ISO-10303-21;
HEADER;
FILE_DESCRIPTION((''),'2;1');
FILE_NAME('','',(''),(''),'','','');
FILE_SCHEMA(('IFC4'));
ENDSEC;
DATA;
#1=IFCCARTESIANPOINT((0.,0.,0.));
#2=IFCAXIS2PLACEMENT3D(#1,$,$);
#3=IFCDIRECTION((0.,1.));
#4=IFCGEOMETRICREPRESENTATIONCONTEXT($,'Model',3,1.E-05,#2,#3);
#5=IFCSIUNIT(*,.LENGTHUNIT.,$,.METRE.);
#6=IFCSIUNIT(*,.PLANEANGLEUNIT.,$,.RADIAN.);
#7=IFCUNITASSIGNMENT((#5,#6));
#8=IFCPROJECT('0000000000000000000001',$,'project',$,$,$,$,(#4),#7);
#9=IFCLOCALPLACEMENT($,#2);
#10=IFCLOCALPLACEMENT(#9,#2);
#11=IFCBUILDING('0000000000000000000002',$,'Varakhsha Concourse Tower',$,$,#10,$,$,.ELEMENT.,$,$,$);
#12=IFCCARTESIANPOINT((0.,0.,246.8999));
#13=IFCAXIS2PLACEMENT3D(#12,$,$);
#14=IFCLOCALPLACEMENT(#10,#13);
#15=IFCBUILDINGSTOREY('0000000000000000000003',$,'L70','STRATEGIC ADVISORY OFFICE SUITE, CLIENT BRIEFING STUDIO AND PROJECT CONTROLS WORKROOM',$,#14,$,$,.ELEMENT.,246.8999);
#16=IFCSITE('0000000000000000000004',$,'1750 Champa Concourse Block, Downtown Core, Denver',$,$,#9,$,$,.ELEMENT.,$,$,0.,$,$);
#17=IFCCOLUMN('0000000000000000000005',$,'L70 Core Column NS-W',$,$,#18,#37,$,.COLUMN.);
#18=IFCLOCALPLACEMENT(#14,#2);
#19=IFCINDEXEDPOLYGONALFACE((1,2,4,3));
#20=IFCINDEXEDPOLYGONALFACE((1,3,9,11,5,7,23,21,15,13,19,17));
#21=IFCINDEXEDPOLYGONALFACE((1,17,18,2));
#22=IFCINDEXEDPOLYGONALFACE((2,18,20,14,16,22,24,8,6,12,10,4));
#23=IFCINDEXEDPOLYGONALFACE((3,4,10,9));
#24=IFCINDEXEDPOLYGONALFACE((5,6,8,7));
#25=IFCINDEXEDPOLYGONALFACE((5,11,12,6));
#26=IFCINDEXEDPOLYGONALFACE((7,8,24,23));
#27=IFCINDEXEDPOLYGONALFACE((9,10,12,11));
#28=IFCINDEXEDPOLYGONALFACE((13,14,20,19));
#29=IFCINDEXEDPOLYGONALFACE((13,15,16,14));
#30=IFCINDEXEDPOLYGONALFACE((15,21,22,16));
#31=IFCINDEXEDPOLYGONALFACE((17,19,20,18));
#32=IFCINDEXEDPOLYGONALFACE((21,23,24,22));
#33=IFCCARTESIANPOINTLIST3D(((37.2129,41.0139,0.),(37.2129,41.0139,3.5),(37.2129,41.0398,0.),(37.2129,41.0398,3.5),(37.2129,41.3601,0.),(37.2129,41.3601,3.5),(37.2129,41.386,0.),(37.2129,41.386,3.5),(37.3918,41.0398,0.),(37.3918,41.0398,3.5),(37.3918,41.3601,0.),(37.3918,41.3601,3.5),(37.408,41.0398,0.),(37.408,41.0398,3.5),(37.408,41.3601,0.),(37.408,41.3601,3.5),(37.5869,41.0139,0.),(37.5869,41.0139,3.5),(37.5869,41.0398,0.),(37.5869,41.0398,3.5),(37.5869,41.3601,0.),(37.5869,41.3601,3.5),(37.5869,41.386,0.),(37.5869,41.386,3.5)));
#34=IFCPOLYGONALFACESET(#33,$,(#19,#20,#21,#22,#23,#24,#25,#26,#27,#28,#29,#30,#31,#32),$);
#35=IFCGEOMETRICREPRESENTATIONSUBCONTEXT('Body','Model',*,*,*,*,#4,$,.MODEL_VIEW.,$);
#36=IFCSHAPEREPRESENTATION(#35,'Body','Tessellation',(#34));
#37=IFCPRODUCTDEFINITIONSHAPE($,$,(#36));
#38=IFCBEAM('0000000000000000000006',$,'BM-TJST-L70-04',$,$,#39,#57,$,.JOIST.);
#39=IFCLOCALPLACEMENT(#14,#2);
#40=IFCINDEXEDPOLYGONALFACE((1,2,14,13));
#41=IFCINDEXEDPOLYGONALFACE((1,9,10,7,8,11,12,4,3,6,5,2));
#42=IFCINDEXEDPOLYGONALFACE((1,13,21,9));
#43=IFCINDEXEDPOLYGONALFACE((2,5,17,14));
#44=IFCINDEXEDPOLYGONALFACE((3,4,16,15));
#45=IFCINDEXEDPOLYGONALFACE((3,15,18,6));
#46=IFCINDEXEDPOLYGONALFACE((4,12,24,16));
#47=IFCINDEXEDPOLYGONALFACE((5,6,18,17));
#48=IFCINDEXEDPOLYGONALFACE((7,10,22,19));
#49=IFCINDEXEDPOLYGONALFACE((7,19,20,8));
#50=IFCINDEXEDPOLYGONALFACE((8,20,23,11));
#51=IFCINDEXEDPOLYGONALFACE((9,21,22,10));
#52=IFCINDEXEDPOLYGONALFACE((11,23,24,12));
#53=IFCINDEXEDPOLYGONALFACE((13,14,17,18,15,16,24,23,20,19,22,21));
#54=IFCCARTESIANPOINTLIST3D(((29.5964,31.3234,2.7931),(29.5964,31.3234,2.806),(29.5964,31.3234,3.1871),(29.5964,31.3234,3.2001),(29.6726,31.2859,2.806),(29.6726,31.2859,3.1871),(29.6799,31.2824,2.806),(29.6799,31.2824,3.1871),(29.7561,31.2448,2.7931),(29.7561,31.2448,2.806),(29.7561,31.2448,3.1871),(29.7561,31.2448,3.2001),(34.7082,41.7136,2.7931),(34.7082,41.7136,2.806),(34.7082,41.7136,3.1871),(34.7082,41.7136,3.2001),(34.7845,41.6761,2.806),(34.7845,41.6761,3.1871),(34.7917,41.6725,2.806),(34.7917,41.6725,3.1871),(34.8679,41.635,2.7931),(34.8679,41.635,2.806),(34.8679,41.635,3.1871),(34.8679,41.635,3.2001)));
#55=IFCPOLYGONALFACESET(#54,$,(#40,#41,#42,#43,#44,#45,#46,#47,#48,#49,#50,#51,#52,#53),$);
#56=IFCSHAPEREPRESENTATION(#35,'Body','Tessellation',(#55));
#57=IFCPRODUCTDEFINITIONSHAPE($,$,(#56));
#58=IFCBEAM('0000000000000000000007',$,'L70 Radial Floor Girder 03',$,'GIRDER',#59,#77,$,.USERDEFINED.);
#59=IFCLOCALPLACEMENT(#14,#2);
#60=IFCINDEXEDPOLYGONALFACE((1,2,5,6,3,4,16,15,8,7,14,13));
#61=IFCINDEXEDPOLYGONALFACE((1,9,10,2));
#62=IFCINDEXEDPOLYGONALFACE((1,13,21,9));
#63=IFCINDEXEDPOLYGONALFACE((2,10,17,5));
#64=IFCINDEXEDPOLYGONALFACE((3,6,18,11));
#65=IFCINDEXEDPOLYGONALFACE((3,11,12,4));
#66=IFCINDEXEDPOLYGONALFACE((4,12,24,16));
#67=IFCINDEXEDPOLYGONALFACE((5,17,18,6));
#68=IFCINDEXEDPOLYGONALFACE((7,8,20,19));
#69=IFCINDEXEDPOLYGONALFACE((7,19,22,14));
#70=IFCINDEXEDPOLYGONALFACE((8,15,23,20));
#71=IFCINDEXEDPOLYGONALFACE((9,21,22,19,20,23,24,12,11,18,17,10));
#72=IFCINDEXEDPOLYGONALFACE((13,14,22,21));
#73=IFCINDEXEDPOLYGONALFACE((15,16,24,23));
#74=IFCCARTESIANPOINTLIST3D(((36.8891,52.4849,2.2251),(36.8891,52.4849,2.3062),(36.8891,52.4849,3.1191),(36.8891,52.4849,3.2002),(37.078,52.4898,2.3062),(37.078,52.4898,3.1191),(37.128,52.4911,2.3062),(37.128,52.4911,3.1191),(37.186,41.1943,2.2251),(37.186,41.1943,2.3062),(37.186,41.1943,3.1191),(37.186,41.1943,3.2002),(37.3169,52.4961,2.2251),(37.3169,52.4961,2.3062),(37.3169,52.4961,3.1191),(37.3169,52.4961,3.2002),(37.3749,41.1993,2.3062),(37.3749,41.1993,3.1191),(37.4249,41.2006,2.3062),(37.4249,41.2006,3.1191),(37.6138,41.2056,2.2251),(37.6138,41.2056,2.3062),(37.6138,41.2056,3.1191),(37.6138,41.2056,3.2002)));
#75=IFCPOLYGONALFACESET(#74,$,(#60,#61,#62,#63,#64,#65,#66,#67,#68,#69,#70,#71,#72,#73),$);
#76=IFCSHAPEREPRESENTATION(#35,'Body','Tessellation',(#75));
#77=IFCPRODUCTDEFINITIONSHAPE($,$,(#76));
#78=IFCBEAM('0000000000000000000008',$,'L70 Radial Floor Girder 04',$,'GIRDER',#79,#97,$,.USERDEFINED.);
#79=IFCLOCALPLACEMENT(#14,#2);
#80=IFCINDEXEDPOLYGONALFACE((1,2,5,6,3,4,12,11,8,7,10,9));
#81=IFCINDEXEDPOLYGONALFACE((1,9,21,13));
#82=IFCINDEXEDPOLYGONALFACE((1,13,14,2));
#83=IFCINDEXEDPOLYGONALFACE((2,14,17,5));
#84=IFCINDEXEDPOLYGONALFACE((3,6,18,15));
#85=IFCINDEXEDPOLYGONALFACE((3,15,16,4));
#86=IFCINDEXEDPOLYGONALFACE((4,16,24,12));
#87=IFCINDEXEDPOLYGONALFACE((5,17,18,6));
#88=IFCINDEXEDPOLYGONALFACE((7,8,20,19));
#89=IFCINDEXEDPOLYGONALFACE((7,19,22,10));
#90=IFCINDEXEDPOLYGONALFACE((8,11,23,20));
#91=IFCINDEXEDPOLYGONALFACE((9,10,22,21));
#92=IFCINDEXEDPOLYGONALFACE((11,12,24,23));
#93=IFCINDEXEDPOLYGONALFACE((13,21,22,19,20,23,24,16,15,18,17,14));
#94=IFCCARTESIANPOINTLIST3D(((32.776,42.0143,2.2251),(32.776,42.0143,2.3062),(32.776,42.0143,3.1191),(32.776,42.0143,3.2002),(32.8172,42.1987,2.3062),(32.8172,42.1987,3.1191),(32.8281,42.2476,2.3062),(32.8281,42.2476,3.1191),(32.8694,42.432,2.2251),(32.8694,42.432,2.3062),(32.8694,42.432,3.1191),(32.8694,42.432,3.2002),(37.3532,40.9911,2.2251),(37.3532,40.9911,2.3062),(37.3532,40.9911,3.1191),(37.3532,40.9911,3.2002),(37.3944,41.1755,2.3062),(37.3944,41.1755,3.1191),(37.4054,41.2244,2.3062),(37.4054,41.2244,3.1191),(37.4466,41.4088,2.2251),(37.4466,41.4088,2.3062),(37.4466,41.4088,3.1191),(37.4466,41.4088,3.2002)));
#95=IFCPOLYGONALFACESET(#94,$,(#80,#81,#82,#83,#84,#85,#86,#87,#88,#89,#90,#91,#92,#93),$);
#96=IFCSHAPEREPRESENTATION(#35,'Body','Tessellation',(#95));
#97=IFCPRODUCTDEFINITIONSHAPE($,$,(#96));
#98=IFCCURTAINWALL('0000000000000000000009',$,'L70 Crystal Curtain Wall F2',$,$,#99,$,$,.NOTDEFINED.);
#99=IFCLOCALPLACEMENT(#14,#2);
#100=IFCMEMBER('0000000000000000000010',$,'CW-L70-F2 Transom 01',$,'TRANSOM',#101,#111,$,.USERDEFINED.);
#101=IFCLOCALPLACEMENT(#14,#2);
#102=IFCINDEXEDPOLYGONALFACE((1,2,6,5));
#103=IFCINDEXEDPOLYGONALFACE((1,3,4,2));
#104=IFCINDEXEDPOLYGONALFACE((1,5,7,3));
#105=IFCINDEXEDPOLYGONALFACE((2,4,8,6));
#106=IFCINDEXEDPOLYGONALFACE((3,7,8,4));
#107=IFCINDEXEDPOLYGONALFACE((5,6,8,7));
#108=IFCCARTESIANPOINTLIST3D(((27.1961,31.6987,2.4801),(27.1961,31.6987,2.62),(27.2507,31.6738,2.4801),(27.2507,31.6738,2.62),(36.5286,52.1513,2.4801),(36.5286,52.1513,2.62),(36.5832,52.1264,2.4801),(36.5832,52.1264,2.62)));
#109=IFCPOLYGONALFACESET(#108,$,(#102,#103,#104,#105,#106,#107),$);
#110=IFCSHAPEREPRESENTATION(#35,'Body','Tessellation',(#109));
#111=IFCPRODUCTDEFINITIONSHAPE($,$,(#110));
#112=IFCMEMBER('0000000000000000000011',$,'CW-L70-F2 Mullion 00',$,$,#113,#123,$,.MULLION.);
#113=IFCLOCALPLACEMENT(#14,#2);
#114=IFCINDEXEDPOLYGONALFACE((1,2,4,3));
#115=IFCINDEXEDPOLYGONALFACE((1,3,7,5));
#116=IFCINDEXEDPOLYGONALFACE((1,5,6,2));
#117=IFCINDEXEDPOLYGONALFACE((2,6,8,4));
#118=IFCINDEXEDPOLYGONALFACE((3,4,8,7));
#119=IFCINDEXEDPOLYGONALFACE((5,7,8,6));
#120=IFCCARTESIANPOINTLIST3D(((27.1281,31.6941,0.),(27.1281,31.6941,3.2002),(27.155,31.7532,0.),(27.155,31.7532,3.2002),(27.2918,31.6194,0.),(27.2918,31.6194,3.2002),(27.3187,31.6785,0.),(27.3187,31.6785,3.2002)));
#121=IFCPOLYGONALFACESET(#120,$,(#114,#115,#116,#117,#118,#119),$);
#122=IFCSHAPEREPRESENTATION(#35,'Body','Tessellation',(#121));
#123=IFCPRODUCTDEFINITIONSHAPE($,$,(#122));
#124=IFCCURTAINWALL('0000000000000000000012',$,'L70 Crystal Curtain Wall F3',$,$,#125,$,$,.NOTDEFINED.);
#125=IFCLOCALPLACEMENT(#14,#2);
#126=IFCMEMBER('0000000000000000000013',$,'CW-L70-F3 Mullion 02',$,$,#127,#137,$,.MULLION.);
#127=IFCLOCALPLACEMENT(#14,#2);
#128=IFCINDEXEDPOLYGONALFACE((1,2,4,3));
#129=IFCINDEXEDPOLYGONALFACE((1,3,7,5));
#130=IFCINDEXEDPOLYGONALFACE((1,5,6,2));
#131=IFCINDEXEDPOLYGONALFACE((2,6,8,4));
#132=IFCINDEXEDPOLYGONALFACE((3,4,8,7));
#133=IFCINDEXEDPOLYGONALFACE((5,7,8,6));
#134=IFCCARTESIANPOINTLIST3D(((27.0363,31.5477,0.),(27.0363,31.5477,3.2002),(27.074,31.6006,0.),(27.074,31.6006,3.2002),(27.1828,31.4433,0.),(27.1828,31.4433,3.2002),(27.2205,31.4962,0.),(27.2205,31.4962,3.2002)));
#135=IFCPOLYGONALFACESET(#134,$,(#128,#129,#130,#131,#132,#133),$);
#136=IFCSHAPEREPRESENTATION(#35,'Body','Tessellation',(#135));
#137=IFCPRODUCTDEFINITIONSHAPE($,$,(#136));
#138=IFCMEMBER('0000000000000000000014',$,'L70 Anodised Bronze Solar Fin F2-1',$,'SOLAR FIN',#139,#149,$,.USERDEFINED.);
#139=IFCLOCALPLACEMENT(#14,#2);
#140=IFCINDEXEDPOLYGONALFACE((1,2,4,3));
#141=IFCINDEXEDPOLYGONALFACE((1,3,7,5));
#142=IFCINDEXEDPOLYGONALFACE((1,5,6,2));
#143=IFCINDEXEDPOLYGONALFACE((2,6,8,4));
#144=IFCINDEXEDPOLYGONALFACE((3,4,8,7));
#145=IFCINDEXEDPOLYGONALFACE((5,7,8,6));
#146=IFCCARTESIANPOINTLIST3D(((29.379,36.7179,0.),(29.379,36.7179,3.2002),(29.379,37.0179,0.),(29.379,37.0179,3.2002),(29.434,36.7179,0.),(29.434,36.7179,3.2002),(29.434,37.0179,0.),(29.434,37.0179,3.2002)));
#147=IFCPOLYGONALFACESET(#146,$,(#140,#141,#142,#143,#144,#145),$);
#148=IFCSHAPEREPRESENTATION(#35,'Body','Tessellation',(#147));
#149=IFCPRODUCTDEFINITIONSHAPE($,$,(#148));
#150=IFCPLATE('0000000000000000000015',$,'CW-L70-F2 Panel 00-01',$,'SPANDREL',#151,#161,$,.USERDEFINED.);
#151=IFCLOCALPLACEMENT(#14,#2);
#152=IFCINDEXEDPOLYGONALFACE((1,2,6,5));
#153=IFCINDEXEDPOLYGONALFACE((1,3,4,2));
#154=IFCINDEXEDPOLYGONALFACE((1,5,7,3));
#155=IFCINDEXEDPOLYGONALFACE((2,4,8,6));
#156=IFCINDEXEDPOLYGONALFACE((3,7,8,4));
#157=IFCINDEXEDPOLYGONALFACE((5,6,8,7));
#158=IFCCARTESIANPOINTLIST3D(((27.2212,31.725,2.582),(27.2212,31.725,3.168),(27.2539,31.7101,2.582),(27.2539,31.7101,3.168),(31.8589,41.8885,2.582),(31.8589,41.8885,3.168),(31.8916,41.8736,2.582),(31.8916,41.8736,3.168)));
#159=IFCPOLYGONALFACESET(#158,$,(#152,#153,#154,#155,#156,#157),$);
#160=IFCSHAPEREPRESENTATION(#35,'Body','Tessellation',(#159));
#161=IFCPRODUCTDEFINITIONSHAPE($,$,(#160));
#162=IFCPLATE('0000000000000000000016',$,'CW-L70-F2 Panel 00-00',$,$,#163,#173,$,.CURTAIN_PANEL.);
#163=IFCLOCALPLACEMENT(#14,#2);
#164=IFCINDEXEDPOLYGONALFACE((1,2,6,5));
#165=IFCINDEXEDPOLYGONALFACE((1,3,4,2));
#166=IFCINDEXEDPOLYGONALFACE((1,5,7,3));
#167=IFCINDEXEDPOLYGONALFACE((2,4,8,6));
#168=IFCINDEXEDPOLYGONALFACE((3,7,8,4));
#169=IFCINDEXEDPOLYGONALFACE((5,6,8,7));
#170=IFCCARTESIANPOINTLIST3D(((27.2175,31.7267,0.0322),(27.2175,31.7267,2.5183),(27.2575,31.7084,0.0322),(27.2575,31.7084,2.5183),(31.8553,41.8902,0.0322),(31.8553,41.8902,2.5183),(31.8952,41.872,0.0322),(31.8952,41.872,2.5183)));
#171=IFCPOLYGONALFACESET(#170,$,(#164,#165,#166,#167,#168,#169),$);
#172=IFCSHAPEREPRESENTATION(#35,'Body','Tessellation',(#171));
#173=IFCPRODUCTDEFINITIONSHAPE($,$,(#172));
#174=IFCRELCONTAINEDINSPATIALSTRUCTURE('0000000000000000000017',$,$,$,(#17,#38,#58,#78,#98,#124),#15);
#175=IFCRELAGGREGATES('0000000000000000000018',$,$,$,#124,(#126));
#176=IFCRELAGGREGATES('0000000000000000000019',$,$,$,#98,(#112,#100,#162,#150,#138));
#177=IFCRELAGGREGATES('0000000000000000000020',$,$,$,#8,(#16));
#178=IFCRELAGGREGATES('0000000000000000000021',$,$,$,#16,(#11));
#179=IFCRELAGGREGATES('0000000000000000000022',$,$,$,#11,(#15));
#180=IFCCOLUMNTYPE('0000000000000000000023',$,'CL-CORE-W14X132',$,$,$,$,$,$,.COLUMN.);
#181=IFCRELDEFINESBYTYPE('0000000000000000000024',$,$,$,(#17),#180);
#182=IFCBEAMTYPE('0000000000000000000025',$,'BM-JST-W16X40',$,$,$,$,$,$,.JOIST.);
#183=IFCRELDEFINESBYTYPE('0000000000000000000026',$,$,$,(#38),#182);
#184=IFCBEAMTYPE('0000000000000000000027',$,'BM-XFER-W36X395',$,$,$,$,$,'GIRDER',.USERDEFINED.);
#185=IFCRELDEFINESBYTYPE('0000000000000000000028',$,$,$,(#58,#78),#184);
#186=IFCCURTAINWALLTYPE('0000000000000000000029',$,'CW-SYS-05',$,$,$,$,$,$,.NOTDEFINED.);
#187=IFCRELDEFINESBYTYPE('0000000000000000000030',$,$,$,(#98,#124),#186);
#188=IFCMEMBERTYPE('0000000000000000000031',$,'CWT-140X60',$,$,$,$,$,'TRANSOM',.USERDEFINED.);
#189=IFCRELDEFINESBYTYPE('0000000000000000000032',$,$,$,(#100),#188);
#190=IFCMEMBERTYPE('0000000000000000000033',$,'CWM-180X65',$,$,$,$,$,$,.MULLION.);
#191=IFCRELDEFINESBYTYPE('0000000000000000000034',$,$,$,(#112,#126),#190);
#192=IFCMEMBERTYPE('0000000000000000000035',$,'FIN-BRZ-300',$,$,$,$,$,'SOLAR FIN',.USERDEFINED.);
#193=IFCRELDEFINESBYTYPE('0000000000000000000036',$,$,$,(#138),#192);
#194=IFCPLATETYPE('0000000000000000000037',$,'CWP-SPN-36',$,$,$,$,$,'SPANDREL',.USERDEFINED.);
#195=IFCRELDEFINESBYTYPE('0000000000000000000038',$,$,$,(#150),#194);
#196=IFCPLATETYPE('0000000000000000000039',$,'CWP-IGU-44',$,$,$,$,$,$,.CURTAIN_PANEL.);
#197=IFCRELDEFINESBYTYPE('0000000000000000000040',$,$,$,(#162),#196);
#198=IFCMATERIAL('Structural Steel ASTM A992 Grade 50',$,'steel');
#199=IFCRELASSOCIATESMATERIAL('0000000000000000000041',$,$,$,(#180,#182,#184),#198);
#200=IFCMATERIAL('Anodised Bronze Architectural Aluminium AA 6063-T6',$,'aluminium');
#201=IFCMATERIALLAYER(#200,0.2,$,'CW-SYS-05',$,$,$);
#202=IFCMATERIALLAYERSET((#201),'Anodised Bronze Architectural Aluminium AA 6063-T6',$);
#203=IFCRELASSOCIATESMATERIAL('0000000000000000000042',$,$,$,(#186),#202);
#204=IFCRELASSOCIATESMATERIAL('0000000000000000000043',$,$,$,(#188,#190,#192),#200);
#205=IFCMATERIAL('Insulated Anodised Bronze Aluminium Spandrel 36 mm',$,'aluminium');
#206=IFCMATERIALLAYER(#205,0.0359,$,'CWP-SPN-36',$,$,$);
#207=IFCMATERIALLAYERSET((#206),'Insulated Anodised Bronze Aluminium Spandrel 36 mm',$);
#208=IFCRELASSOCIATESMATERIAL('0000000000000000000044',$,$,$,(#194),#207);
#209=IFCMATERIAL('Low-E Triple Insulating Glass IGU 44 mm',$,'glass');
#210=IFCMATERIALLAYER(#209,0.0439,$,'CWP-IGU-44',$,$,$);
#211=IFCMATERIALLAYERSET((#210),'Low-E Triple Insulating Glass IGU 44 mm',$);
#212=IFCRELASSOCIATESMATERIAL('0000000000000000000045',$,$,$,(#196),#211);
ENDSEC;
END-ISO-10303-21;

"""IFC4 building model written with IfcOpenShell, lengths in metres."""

from ifc_helpers import new_model, si_unit, direction, frame, origin, origin_2d, place, context, subcontext, project, spatial, rectangle, i_section, extrude, source, transform, mapped, material, layer, layer_set, material_profile, profile_set, type_object, type_shapes, element, aggregate, save


model = new_model("IFC4")

# Units and contexts
model_context = context("Model", 3, precision=1e-05, world=origin(), true_north=direction((0.0, 1.0)))
body_context = subcontext(model_context, "Body", "Model", "MODEL_VIEW")
ifc_project = project(units=[si_unit("LENGTHUNIT", "METRE"), si_unit("PLANEANGLEUNIT", "RADIAN")], contexts=[model_context])

# Site, building, storey
site_placement = place(None, origin())
site = spatial("IfcSite", under=ifc_project, at=site_placement, Name="1750 Champa Concourse Block, Downtown Core, Denver", CompositionType="ELEMENT", RefElevation=0.0)
building_placement = place(site_placement, origin())
building = spatial("IfcBuilding", under=site, at=building_placement, Name="Varakhsha Concourse Tower", CompositionType="ELEMENT")
storey_placement = place(building_placement, frame((0.0, 0.0, 246.8999)))
storey = spatial("IfcBuildingStorey", under=building, at=storey_placement, Name="L70", Description="STRATEGIC ADVISORY OFFICE SUITE, CLIENT BRIEFING STUDIO AND PROJECT CONTROLS WORKROOM", CompositionType="ELEMENT", Elevation=246.8999)

# Column
ifc_material_1 = material(Name="Structural Steel ASTM A992 Grade 50", Category="steel")
ifc_material_profile_1 = material_profile(ifc_material_1, i_section(OverallWidth=0.374, OverallDepth=0.3721, WebThickness=0.0161, FlangeThickness=0.0259, at=origin_2d()), Name="W14X132")
ifc_profile_set_1 = profile_set([ifc_material_profile_1], Name="Structural Steel ASTM A992 Grade 50")
column_type = type_object("IfcColumnType", Name="CL-CORE-W14X132", PredefinedType="COLUMN", material=ifc_profile_set_1)
column_placement = place(storey_placement, frame((37.3999, 41.2, 0.0), z_axis=(0.0, 0.0, 1.0), x_axis=(1.0, 0.0, 0.0)))
element("IfcColumn", 1, at=column_placement, inside=storey, type_object=column_type, Name="L70 Core Column NS-W", PredefinedType="COLUMN", context=body_context, shape_type="SweptSolid", body=[
    extrude(i_section(OverallWidth=0.374, OverallDepth=0.3721, WebThickness=0.0161, FlangeThickness=0.0259, at=origin_2d()), origin(), (0.0, 0.0, 1.0), 3.5),
])

# Beams
ifc_material_profile_2 = material_profile(ifc_material_1, i_section(OverallWidth=0.178, OverallDepth=0.407, WebThickness=0.0081, FlangeThickness=0.0129, at=origin_2d()), Name="W16X40")
ifc_profile_set_2 = profile_set([ifc_material_profile_2], Name="Structural Steel ASTM A992 Grade 50")
beam_type_1 = type_object("IfcBeamType", Name="BM-JST-W16X40", PredefinedType="JOIST", material=ifc_profile_set_2)
beam_1_placement = place(storey_placement, frame((34.7881, 41.6743, 2.9966), z_axis=(-0.441453, -0.897285, 0.0), x_axis=(0.897285, -0.441453, 0.0)))
element("IfcBeam", 2, at=beam_1_placement, inside=storey, type_object=beam_type_1, Name="BM-TJST-L70-04", PredefinedType="JOIST", context=body_context, shape_type="SweptSolid", body=[
    extrude(i_section(OverallWidth=0.178, OverallDepth=0.407, WebThickness=0.0081, FlangeThickness=0.0129, at=origin_2d()), origin(), (0.0, 0.0, 1.0), 11.5796),
])
ifc_material_profile_3 = material_profile(ifc_material_1, i_section(OverallWidth=0.428, OverallDepth=0.9751, WebThickness=0.05, FlangeThickness=0.0811, at=origin_2d()), Name="W36X395")
ifc_profile_set_3 = profile_set([ifc_material_profile_3], Name="Structural Steel ASTM A992 Grade 50")
beam_type_2 = type_object("IfcBeamType", Name="BM-XFER-W36X395", ElementType="GIRDER", PredefinedType="USERDEFINED", material=ifc_profile_set_3)
beam_2_placement = place(storey_placement, frame((37.3999, 41.2, 2.7126), z_axis=(-0.026285, 0.999654, 0.0), x_axis=(-0.999654, -0.026285, 0.0)))
element("IfcBeam", 3, at=beam_2_placement, inside=storey, type_object=beam_type_2, Name="L70 Radial Floor Girder 03", ObjectType="GIRDER", PredefinedType="USERDEFINED", context=body_context, shape_type="SweptSolid", body=[
    extrude(i_section(OverallWidth=0.428, OverallDepth=0.9751, WebThickness=0.05, FlangeThickness=0.0811, at=origin_2d()), origin(), (0.0, 0.0, 1.0), 11.2944),
])
beam_3_placement = place(storey_placement, frame((37.3999, 41.2, 2.7126), z_axis=(-0.975913, 0.218159, 0.0), x_axis=(-0.218159, -0.975913, 0.0)))
element("IfcBeam", 4, at=beam_3_placement, inside=storey, type_object=beam_type_2, Name="L70 Radial Floor Girder 04", ObjectType="GIRDER", PredefinedType="USERDEFINED", context=body_context, shape_type="SweptSolid", body=[
    extrude(i_section(OverallWidth=0.428, OverallDepth=0.9751, WebThickness=0.05, FlangeThickness=0.0811, at=origin_2d()), origin(), (0.0, 0.0, 1.0), 4.6902),
])

# Curtain wall, members
ifc_material_2 = material(Name="Anodised Bronze Architectural Aluminium AA 6063-T6", Category="aluminium")
ifc_layer_1 = layer(ifc_material_2, 0.2, Name="CW-SYS-05")
ifc_layer_set_1 = layer_set([ifc_layer_1], Name="Anodised Bronze Architectural Aluminium AA 6063-T6")
curtain_wall_type = type_object("IfcCurtainWallType", Name="CW-SYS-05", PredefinedType="NOTDEFINED", material=ifc_layer_set_1)
curtain_wall_1_placement = place(storey_placement, origin())
curtain_wall_1 = element("IfcCurtainWall", 5, at=curtain_wall_1_placement, inside=storey, type_object=curtain_wall_type, Name="L70 Crystal Curtain Wall F2", PredefinedType="NOTDEFINED")
ifc_material_profile_4 = material_profile(ifc_material_2, rectangle(XDim=0.0601, YDim=0.1399, at=origin_2d()), Name="CWT-140X60")
ifc_profile_set_4 = profile_set([ifc_material_profile_4], Name="Anodised Bronze Architectural Aluminium AA 6063-T6")
member_type_1 = type_object("IfcMemberType", Name="CWT-140X60", ElementType="TRANSOM", PredefinedType="USERDEFINED", material=ifc_profile_set_4)
shared_shape_1 = source(origin(), body_context, "Body", "SweptSolid", [
    extrude(rectangle(XDim=0.0601, YDim=0.1399, at=origin_2d()), origin(), (0.0, 0.0, 1.0), 22.4812),
])
type_shapes(member_type_1, [shared_shape_1])
member_1_placement = place(storey_placement, frame((27.2234, 31.6863, 2.55), z_axis=(0.415125, 0.909765, 0.0), x_axis=(-0.909765, 0.415125, 0.0)))
member_1 = element("IfcMember", 6, at=member_1_placement, type_object=member_type_1, Name="CW-L70-F2 Transom 01", ObjectType="TRANSOM", PredefinedType="USERDEFINED", context=body_context, shape_type="MappedRepresentation", body=[
    mapped(shared_shape_1, transform((0.0, 0.0, 0.0), scale=1.0)),
])
ifc_material_profile_5 = material_profile(ifc_material_2, rectangle(XDim=0.0649, YDim=0.1799, at=origin_2d()), Name="CWM-180X65")
ifc_profile_set_5 = profile_set([ifc_material_profile_5], Name="Anodised Bronze Architectural Aluminium AA 6063-T6")
member_type_2 = type_object("IfcMemberType", Name="CWM-180X65", PredefinedType="MULLION", material=ifc_profile_set_5)
shared_shape_2 = source(origin(), body_context, "Body", "SweptSolid", [
    extrude(rectangle(XDim=0.0649, YDim=0.1799, at=origin_2d()), origin(), (0.0, 0.0, 1.0), 3.2002),
])
type_shapes(member_type_2, [shared_shape_2])
member_2_placement = place(storey_placement, frame((27.2234, 31.6863, 0.0), z_axis=(0.0, 0.0, 1.0), x_axis=(0.415133, 0.909761, 0.0)))
member_2 = element("IfcMember", 7, at=member_2_placement, type_object=member_type_2, Name="CW-L70-F2 Mullion 00", PredefinedType="MULLION", context=body_context, shape_type="MappedRepresentation", body=[
    mapped(shared_shape_2, transform((0.0, 0.0, 0.0), scale=1.0)),
])

# Curtain wall, member
curtain_wall_2_placement = place(storey_placement, origin())
curtain_wall_2 = element("IfcCurtainWall", 8, at=curtain_wall_2_placement, inside=storey, type_object=curtain_wall_type, Name="L70 Crystal Curtain Wall F3", PredefinedType="NOTDEFINED")
member_3_placement = place(storey_placement, frame((27.1284, 31.522, 0.0), z_axis=(0.0, 0.0, 1.0), x_axis=(0.580306, 0.814398, 0.0)))
member_3 = element("IfcMember", 9, at=member_3_placement, type_object=member_type_2, Name="CW-L70-F3 Mullion 02", PredefinedType="MULLION", context=body_context, shape_type="MappedRepresentation", body=[
    mapped(shared_shape_2, transform((0.0, 0.0, 0.0), scale=1.0)),
])
aggregate(curtain_wall_2, [member_3])

# Member
ifc_material_profile_6 = material_profile(ifc_material_2, rectangle(XDim=0.0549, YDim=0.3, at=origin_2d()), Name="FIN-BRZ-300")
ifc_profile_set_6 = profile_set([ifc_material_profile_6], Name="Anodised Bronze Architectural Aluminium AA 6063-T6")
member_type_3 = type_object("IfcMemberType", Name="FIN-BRZ-300", ElementType="SOLAR FIN", PredefinedType="USERDEFINED", material=ifc_profile_set_6)
shared_shape_3 = source(origin(), body_context, "Body", "SweptSolid", [
    extrude(rectangle(XDim=0.0549, YDim=0.3, at=origin_2d()), origin(), (0.0, 0.0, 1.0), 3.2002),
])
type_shapes(member_type_3, [shared_shape_3])
member_4_placement = place(storey_placement, frame((29.4065, 36.8679, 0.0), z_axis=(0.0, 0.0, 1.0), x_axis=(1.0, 0.0, 0.0)))
member_4 = element("IfcMember", 10, at=member_4_placement, type_object=member_type_3, Name="L70 Anodised Bronze Solar Fin F2-1", ObjectType="SOLAR FIN", PredefinedType="USERDEFINED", context=body_context, shape_type="MappedRepresentation", body=[
    mapped(shared_shape_3, transform((0.0, 0.0, 0.0), scale=1.0)),
])

# Plates
ifc_material_3 = material(Name="Insulated Anodised Bronze Aluminium Spandrel 36 mm", Category="aluminium")
ifc_layer_2 = layer(ifc_material_3, 0.0359, Name="CWP-SPN-36")
ifc_layer_set_2 = layer_set([ifc_layer_2], Name="Insulated Anodised Bronze Aluminium Spandrel 36 mm")
plate_type_1 = type_object("IfcPlateType", Name="CWP-SPN-36", ElementType="SPANDREL", PredefinedType="USERDEFINED", material=ifc_layer_set_2)
shared_shape_4 = source(origin(), body_context, "Body", "SweptSolid", [
    extrude(rectangle(XDim=11.1716, YDim=0.0359, at=origin_2d()), origin(), (0.0, 0.0, 1.0), 0.5859),
])
type_shapes(plate_type_1, [shared_shape_4])
plate_1_placement = place(storey_placement, frame((29.5564, 36.7993, 2.582), z_axis=(0.0, 0.0, 1.0), x_axis=(0.415133, 0.909761, 0.0)))
plate_1 = element("IfcPlate", 11, at=plate_1_placement, type_object=plate_type_1, Name="CW-L70-F2 Panel 00-01", ObjectType="SPANDREL", PredefinedType="USERDEFINED", context=body_context, shape_type="MappedRepresentation", body=[
    mapped(shared_shape_4, transform((0.0, 0.0, 0.0), scale=1.0)),
])
ifc_material_4 = material(Name="Low-E Triple Insulating Glass IGU 44 mm", Category="glass")
ifc_layer_3 = layer(ifc_material_4, 0.0439, Name="CWP-IGU-44")
ifc_layer_set_3 = layer_set([ifc_layer_3], Name="Low-E Triple Insulating Glass IGU 44 mm")
plate_type_2 = type_object("IfcPlateType", Name="CWP-IGU-44", PredefinedType="CURTAIN_PANEL", material=ifc_layer_set_3)
shared_shape_5 = source(origin(), body_context, "Body", "SweptSolid", [
    extrude(rectangle(XDim=11.1716, YDim=0.0439, at=origin_2d()), origin(), (0.0, 0.0, 1.0), 2.4861),
])
type_shapes(plate_type_2, [shared_shape_5])
plate_2_placement = place(storey_placement, frame((29.5564, 36.7993, 0.0322), z_axis=(0.0, 0.0, 1.0), x_axis=(0.415133, 0.909761, 0.0)))
plate_2 = element("IfcPlate", 12, at=plate_2_placement, type_object=plate_type_2, Name="CW-L70-F2 Panel 00-00", PredefinedType="CURTAIN_PANEL", context=body_context, shape_type="MappedRepresentation", body=[
    mapped(shared_shape_5, transform((0.0, 0.0, 0.0), scale=1.0)),
])
aggregate(curtain_wall_1, [member_2, member_1, plate_2, plate_1, member_4])

save(model, "model.ifc")
